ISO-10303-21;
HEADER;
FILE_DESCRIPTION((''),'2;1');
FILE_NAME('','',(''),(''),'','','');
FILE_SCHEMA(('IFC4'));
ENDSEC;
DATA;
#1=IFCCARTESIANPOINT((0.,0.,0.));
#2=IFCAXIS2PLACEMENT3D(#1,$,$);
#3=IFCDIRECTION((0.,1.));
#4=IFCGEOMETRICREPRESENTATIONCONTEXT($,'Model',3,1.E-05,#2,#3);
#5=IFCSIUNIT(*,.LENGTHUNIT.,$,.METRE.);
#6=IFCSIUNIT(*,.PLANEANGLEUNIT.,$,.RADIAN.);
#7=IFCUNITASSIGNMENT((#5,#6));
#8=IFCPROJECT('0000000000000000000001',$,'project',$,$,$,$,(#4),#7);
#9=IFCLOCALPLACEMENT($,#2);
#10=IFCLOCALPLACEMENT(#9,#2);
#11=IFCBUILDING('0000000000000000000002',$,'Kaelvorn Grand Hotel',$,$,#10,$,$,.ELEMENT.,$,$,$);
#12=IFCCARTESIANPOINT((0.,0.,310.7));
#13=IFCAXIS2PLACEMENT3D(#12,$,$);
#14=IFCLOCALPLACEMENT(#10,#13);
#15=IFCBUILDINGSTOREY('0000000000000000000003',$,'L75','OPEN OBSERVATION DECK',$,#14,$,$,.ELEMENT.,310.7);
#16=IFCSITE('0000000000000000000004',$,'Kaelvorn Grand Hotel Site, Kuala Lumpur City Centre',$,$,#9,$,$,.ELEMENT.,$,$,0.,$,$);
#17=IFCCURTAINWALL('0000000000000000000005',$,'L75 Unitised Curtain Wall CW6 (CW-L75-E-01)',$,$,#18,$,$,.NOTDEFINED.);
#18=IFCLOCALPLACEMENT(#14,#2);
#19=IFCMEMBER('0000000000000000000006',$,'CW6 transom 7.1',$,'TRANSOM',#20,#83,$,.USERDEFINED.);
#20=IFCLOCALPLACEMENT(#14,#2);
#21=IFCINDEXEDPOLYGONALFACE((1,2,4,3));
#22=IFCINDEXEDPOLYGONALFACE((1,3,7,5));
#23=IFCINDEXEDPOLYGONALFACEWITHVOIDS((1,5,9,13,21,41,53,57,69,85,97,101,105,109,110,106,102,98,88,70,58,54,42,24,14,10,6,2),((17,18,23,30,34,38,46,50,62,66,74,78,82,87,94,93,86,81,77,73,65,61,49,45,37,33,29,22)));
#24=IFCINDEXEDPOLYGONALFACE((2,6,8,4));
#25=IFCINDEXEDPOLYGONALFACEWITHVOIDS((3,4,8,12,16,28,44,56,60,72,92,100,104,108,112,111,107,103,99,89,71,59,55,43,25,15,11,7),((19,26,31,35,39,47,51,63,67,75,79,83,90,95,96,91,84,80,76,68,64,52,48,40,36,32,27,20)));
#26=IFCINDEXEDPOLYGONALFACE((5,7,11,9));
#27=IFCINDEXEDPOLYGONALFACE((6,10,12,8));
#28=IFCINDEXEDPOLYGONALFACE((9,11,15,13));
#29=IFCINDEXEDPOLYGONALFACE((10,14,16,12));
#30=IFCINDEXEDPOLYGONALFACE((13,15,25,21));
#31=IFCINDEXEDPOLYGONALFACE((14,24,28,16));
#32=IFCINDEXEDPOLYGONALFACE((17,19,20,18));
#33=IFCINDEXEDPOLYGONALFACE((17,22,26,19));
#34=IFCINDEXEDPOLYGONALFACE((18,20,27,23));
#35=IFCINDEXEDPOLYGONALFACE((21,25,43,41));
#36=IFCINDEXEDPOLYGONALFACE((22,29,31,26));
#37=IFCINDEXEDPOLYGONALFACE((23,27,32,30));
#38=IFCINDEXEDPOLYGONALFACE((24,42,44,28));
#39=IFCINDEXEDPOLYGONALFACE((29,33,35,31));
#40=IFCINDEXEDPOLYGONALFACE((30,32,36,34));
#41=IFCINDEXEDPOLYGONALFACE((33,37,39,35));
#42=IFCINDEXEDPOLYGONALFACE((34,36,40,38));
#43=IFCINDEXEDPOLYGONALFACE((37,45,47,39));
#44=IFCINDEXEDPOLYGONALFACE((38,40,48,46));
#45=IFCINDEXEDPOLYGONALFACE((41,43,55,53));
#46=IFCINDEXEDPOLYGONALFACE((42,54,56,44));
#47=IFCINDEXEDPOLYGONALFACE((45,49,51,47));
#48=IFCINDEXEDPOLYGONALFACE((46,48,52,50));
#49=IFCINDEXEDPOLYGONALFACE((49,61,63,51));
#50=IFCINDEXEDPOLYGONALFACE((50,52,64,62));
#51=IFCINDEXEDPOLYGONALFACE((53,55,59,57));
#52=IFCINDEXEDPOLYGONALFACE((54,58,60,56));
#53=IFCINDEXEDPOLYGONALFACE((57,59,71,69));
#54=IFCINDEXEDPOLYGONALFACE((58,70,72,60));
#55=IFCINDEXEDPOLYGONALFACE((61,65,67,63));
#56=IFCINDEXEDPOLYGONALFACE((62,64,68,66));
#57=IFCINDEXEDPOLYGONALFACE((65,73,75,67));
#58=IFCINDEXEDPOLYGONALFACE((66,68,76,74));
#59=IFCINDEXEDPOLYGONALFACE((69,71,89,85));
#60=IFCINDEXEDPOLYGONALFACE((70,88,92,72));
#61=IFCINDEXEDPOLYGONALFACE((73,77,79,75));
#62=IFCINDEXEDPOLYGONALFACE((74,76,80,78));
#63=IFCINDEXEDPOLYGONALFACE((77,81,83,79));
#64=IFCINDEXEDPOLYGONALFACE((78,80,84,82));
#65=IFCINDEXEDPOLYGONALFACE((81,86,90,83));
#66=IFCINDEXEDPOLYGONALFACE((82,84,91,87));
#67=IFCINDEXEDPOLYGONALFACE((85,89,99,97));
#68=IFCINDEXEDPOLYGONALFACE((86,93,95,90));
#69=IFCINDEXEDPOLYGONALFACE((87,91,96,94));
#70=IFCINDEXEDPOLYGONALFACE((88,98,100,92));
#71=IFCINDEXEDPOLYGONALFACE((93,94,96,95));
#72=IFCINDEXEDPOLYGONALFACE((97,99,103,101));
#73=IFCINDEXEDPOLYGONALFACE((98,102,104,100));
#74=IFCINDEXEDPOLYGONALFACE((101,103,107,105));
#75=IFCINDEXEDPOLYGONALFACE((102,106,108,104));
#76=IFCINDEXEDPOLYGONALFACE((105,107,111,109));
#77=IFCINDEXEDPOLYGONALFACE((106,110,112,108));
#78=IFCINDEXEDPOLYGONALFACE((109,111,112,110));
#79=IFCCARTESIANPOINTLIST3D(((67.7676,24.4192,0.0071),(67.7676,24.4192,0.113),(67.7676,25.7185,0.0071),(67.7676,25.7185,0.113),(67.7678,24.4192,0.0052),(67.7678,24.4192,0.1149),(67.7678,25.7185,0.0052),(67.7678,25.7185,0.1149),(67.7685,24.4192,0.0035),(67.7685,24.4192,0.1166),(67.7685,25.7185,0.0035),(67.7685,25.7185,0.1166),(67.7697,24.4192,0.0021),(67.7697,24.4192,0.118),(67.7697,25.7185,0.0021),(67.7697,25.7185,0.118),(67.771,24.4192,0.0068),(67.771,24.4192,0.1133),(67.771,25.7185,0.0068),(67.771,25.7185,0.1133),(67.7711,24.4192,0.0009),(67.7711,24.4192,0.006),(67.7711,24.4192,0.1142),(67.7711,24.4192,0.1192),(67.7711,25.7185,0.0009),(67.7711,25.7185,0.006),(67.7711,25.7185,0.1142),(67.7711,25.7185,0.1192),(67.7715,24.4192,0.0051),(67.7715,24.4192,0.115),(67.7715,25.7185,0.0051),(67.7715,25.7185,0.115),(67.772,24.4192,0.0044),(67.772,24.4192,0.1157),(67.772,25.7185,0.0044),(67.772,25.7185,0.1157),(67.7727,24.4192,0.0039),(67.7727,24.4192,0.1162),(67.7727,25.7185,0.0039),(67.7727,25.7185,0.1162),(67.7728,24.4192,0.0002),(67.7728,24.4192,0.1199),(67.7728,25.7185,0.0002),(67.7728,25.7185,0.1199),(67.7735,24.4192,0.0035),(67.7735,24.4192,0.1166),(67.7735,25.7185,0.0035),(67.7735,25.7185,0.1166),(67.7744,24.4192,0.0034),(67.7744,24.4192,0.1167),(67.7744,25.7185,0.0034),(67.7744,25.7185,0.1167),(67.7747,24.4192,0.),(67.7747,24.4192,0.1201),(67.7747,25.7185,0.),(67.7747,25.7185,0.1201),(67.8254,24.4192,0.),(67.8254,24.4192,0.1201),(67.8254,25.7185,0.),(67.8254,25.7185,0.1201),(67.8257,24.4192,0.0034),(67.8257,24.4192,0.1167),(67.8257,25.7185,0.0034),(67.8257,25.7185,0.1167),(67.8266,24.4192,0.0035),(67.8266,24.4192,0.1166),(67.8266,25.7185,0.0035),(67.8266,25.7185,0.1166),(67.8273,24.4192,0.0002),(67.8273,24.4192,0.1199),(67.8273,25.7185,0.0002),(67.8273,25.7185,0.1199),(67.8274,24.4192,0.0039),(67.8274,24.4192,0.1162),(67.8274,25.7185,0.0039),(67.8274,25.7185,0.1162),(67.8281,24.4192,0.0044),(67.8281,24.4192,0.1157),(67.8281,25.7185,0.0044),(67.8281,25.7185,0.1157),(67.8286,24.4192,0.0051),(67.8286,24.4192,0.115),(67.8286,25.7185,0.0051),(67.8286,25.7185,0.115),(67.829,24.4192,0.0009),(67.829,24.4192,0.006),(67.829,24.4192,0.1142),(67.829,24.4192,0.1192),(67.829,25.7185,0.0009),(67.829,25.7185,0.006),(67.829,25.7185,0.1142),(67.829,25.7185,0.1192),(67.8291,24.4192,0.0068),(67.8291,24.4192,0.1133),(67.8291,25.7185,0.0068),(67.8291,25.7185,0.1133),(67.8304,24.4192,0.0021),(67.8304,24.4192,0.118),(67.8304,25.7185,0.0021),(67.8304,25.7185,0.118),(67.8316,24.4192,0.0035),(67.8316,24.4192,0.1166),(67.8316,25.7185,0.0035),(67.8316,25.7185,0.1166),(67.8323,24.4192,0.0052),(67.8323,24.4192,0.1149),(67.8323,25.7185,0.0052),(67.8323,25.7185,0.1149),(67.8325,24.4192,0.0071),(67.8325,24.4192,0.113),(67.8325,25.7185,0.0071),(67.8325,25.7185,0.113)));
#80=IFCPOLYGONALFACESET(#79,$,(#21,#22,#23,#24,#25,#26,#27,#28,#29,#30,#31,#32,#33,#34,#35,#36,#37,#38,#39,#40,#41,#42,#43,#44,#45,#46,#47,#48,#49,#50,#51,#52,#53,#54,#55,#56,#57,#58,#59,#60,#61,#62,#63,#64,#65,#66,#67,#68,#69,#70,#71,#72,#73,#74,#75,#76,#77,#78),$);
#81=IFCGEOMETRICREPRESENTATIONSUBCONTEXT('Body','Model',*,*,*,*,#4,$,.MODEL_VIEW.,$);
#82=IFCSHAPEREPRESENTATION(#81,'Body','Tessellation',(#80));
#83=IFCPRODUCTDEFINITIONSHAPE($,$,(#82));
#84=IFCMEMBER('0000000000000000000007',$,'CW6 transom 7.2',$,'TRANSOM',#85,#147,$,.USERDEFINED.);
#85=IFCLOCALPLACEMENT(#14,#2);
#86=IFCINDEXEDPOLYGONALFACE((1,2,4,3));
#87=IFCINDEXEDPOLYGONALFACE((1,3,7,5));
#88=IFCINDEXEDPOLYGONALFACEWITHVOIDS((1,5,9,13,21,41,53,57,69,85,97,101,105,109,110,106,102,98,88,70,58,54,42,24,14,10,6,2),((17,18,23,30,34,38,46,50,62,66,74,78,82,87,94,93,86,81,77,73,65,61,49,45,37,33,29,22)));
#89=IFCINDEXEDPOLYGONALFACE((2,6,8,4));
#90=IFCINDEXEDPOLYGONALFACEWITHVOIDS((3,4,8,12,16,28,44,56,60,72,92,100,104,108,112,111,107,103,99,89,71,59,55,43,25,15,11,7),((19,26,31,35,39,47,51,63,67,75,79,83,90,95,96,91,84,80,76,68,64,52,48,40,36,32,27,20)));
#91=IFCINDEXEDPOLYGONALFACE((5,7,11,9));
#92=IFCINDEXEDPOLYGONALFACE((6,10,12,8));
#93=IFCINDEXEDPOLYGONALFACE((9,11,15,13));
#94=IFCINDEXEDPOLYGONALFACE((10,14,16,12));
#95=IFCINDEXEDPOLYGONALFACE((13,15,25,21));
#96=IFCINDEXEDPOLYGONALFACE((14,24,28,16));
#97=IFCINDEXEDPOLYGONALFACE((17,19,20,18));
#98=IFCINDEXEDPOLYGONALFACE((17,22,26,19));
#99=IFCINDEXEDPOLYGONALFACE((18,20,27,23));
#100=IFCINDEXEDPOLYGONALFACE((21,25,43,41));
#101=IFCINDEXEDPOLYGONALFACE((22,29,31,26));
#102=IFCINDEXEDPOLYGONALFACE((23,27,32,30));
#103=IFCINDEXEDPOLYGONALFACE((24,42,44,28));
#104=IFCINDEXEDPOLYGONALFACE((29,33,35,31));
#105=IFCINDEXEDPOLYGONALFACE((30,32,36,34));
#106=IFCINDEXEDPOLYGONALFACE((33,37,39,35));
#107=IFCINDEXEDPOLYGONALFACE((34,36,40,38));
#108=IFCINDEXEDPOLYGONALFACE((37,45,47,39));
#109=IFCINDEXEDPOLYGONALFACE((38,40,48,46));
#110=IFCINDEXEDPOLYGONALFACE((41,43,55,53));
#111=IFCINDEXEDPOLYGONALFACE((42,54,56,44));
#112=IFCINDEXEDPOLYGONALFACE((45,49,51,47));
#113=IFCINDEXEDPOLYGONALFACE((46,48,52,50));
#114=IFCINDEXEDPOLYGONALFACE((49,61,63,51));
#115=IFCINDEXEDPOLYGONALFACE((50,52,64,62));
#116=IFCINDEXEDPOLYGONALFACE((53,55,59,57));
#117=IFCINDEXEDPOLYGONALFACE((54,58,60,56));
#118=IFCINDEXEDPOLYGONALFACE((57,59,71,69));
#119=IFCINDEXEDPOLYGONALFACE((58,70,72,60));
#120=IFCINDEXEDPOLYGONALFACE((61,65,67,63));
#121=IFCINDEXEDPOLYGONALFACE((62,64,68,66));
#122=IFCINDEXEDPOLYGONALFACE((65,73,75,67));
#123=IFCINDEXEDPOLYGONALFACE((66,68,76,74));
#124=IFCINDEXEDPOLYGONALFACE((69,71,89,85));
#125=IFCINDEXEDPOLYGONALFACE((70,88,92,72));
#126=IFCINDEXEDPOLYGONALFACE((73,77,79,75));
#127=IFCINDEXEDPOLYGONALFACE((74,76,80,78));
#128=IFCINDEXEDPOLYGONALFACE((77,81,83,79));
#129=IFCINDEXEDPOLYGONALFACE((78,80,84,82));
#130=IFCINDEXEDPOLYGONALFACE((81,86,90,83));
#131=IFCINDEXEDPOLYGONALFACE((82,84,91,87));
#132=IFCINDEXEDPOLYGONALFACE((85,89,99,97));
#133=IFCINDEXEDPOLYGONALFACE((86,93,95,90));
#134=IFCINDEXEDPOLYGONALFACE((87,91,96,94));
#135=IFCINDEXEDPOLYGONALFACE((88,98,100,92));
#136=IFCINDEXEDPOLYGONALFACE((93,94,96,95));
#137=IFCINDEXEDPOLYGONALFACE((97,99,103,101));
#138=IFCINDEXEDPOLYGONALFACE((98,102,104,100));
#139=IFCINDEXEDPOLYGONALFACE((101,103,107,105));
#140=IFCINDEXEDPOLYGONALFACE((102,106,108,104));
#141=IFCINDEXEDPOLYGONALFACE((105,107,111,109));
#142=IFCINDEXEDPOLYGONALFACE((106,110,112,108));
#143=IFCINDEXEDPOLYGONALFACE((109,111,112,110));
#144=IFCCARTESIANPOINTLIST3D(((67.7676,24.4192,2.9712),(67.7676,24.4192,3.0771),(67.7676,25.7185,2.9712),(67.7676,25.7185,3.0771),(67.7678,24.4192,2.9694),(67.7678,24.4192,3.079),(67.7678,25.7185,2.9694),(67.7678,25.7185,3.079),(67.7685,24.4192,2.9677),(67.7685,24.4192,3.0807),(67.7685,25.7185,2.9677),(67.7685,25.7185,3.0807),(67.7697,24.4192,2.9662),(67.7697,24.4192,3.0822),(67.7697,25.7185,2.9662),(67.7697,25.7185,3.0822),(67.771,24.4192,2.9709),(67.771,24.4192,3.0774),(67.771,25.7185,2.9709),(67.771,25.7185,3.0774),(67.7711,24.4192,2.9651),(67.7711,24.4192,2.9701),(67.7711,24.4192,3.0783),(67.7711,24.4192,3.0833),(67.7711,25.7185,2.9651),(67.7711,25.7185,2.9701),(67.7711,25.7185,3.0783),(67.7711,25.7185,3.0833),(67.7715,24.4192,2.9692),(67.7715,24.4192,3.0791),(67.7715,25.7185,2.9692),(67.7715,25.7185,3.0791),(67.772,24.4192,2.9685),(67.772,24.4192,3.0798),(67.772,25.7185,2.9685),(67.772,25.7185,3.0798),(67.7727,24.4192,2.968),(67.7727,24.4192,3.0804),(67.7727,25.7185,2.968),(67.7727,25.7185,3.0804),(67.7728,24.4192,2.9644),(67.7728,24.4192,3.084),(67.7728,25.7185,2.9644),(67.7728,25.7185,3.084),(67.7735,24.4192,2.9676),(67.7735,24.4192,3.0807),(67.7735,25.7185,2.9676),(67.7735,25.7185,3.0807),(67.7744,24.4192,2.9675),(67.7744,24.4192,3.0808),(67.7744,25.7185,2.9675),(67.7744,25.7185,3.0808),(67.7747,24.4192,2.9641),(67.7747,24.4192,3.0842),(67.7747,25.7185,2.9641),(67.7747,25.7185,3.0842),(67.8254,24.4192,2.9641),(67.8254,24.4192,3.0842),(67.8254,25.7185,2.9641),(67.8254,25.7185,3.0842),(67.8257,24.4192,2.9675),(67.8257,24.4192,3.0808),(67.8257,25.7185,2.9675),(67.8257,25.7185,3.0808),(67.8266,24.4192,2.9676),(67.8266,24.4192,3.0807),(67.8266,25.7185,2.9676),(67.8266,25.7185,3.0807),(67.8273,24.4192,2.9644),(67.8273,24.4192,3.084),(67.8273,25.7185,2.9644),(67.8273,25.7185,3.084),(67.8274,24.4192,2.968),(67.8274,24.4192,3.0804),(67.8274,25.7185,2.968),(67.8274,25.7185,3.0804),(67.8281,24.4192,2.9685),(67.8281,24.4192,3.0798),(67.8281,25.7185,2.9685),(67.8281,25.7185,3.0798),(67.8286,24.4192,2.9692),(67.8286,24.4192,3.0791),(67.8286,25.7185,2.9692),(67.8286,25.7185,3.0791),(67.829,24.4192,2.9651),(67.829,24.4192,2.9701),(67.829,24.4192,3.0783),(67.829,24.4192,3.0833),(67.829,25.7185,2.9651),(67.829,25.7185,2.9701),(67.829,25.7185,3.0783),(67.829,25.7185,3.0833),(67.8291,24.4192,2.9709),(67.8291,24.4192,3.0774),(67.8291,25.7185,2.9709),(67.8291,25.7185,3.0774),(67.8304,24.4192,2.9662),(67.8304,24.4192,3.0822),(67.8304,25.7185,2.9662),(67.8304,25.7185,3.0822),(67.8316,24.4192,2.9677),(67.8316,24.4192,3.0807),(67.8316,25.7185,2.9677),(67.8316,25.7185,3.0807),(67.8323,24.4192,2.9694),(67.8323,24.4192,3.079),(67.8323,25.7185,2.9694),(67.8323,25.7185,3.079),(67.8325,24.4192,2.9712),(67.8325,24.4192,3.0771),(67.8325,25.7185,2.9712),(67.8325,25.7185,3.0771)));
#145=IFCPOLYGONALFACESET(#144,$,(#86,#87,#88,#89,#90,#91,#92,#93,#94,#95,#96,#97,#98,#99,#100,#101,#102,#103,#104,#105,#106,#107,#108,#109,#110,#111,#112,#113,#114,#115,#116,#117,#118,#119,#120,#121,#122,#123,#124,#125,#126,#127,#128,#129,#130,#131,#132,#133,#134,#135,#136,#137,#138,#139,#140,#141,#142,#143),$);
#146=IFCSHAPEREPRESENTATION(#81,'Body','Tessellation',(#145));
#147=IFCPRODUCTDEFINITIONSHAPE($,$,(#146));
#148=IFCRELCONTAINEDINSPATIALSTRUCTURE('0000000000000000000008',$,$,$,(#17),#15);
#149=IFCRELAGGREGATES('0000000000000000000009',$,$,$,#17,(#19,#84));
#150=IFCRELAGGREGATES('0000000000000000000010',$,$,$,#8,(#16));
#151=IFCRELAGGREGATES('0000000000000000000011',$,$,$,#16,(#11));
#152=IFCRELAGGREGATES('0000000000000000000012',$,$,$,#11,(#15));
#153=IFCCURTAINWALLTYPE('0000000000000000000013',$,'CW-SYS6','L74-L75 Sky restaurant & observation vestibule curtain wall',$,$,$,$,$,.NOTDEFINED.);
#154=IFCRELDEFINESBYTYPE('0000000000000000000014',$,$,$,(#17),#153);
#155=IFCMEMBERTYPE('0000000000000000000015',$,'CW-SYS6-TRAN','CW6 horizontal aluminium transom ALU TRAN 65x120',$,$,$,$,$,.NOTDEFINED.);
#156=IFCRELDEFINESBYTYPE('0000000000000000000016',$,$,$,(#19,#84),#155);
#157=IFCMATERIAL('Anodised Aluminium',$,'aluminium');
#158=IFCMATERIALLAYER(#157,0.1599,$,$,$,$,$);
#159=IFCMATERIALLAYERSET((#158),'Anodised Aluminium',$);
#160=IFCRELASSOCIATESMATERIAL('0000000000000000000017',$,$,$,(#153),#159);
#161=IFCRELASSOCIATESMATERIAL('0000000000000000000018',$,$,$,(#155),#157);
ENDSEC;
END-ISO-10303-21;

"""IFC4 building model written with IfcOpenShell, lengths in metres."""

from ifc_helpers import new_model, si_unit, direction, frame, origin, origin_2d, place, context, subcontext, project, spatial, hollow_rectangle, extrude, material, layer, layer_set, material_profile, profile_set, type_object, element, aggregate, save


model = new_model("IFC4")

# Units and contexts
model_context = context("Model", 3, precision=1e-05, world=origin(), true_north=direction((0.0, 1.0)))
body_context = subcontext(model_context, "Body", "Model", "MODEL_VIEW")
ifc_project = project(units=[si_unit("LENGTHUNIT", "METRE"), si_unit("PLANEANGLEUNIT", "RADIAN")], contexts=[model_context])

# Site, building, storey
site_placement = place(None, origin())
site = spatial("IfcSite", under=ifc_project, at=site_placement, Name="Kaelvorn Grand Hotel Site, Kuala Lumpur City Centre", CompositionType="ELEMENT", RefElevation=0.0)
building_placement = place(site_placement, origin())
building = spatial("IfcBuilding", under=site, at=building_placement, Name="Kaelvorn Grand Hotel", CompositionType="ELEMENT")
storey_placement = place(building_placement, frame((0.0, 0.0, 310.7)))
storey = spatial("IfcBuildingStorey", under=building, at=storey_placement, Name="L75", Description="OPEN OBSERVATION DECK", CompositionType="ELEMENT", Elevation=310.7)

# Curtain wall, members
ifc_material_1 = material(Name="Anodised Aluminium", Category="aluminium")
ifc_layer_1 = layer(ifc_material_1, 0.1599)
ifc_layer_set_1 = layer_set([ifc_layer_1], Name="Anodised Aluminium")
curtain_wall_type = type_object("IfcCurtainWallType", Name="CW-SYS6", Description="L74-L75 Sky restaurant & observation vestibule curtain wall", PredefinedType="NOTDEFINED", material=ifc_layer_set_1)
curtain_wall_placement = place(storey_placement, origin())
curtain_wall = element("IfcCurtainWall", 1, at=curtain_wall_placement, inside=storey, type_object=curtain_wall_type, Name="L75 Unitised Curtain Wall CW6 (CW-L75-E-01)", PredefinedType="NOTDEFINED")
ifc_material_profile_1 = material_profile(ifc_material_1, hollow_rectangle(XDim=0.0649, YDim=0.1201, WallThickness=0.0034, InnerFilletRadius=0.0034, OuterFilletRadius=0.0071, at=origin_2d()), Name="ALU TRAN 65x120")
ifc_profile_set_1 = profile_set([ifc_material_profile_1], Name="Anodised Aluminium")
member_type_1 = type_object("IfcMemberType", Name="CW-SYS6-TRAN", Description="CW6 horizontal aluminium transom ALU TRAN 65x120", PredefinedType="NOTDEFINED", material=ifc_profile_set_1)
member_1_placement = place(storey_placement, frame((67.8, 24.4192, 0.0601), z_axis=(0.0, 1.0, 0.0), x_axis=(-1.0, 0.0, 0.0)))
member_1 = element("IfcMember", 2, at=member_1_placement, type_object=member_type_1, Name="CW6 transom 7.1", ObjectType="TRANSOM", PredefinedType="USERDEFINED", context=body_context, shape_type="SweptSolid", body=[
    extrude(hollow_rectangle(XDim=0.0649, YDim=0.1201, WallThickness=0.0034, InnerFilletRadius=0.0034, OuterFilletRadius=0.0071, at=origin_2d()), origin(), (0.0, 0.0, 1.0), 1.2993),
])
member_2_placement = place(storey_placement, frame((67.8, 24.4192, 3.0242), z_axis=(0.0, 1.0, 0.0), x_axis=(-1.0, 0.0, 0.0)))
member_2 = element("IfcMember", 3, at=member_2_placement, type_object=member_type_1, Name="CW6 transom 7.2", ObjectType="TRANSOM", PredefinedType="USERDEFINED", context=body_context, shape_type="SweptSolid", body=[
    extrude(hollow_rectangle(XDim=0.0649, YDim=0.1201, WallThickness=0.0034, InnerFilletRadius=0.0034, OuterFilletRadius=0.0071, at=origin_2d()), origin(), (0.0, 0.0, 1.0), 1.2993),
])
aggregate(curtain_wall, [member_1, member_2])

save(model, "model.ifc")
